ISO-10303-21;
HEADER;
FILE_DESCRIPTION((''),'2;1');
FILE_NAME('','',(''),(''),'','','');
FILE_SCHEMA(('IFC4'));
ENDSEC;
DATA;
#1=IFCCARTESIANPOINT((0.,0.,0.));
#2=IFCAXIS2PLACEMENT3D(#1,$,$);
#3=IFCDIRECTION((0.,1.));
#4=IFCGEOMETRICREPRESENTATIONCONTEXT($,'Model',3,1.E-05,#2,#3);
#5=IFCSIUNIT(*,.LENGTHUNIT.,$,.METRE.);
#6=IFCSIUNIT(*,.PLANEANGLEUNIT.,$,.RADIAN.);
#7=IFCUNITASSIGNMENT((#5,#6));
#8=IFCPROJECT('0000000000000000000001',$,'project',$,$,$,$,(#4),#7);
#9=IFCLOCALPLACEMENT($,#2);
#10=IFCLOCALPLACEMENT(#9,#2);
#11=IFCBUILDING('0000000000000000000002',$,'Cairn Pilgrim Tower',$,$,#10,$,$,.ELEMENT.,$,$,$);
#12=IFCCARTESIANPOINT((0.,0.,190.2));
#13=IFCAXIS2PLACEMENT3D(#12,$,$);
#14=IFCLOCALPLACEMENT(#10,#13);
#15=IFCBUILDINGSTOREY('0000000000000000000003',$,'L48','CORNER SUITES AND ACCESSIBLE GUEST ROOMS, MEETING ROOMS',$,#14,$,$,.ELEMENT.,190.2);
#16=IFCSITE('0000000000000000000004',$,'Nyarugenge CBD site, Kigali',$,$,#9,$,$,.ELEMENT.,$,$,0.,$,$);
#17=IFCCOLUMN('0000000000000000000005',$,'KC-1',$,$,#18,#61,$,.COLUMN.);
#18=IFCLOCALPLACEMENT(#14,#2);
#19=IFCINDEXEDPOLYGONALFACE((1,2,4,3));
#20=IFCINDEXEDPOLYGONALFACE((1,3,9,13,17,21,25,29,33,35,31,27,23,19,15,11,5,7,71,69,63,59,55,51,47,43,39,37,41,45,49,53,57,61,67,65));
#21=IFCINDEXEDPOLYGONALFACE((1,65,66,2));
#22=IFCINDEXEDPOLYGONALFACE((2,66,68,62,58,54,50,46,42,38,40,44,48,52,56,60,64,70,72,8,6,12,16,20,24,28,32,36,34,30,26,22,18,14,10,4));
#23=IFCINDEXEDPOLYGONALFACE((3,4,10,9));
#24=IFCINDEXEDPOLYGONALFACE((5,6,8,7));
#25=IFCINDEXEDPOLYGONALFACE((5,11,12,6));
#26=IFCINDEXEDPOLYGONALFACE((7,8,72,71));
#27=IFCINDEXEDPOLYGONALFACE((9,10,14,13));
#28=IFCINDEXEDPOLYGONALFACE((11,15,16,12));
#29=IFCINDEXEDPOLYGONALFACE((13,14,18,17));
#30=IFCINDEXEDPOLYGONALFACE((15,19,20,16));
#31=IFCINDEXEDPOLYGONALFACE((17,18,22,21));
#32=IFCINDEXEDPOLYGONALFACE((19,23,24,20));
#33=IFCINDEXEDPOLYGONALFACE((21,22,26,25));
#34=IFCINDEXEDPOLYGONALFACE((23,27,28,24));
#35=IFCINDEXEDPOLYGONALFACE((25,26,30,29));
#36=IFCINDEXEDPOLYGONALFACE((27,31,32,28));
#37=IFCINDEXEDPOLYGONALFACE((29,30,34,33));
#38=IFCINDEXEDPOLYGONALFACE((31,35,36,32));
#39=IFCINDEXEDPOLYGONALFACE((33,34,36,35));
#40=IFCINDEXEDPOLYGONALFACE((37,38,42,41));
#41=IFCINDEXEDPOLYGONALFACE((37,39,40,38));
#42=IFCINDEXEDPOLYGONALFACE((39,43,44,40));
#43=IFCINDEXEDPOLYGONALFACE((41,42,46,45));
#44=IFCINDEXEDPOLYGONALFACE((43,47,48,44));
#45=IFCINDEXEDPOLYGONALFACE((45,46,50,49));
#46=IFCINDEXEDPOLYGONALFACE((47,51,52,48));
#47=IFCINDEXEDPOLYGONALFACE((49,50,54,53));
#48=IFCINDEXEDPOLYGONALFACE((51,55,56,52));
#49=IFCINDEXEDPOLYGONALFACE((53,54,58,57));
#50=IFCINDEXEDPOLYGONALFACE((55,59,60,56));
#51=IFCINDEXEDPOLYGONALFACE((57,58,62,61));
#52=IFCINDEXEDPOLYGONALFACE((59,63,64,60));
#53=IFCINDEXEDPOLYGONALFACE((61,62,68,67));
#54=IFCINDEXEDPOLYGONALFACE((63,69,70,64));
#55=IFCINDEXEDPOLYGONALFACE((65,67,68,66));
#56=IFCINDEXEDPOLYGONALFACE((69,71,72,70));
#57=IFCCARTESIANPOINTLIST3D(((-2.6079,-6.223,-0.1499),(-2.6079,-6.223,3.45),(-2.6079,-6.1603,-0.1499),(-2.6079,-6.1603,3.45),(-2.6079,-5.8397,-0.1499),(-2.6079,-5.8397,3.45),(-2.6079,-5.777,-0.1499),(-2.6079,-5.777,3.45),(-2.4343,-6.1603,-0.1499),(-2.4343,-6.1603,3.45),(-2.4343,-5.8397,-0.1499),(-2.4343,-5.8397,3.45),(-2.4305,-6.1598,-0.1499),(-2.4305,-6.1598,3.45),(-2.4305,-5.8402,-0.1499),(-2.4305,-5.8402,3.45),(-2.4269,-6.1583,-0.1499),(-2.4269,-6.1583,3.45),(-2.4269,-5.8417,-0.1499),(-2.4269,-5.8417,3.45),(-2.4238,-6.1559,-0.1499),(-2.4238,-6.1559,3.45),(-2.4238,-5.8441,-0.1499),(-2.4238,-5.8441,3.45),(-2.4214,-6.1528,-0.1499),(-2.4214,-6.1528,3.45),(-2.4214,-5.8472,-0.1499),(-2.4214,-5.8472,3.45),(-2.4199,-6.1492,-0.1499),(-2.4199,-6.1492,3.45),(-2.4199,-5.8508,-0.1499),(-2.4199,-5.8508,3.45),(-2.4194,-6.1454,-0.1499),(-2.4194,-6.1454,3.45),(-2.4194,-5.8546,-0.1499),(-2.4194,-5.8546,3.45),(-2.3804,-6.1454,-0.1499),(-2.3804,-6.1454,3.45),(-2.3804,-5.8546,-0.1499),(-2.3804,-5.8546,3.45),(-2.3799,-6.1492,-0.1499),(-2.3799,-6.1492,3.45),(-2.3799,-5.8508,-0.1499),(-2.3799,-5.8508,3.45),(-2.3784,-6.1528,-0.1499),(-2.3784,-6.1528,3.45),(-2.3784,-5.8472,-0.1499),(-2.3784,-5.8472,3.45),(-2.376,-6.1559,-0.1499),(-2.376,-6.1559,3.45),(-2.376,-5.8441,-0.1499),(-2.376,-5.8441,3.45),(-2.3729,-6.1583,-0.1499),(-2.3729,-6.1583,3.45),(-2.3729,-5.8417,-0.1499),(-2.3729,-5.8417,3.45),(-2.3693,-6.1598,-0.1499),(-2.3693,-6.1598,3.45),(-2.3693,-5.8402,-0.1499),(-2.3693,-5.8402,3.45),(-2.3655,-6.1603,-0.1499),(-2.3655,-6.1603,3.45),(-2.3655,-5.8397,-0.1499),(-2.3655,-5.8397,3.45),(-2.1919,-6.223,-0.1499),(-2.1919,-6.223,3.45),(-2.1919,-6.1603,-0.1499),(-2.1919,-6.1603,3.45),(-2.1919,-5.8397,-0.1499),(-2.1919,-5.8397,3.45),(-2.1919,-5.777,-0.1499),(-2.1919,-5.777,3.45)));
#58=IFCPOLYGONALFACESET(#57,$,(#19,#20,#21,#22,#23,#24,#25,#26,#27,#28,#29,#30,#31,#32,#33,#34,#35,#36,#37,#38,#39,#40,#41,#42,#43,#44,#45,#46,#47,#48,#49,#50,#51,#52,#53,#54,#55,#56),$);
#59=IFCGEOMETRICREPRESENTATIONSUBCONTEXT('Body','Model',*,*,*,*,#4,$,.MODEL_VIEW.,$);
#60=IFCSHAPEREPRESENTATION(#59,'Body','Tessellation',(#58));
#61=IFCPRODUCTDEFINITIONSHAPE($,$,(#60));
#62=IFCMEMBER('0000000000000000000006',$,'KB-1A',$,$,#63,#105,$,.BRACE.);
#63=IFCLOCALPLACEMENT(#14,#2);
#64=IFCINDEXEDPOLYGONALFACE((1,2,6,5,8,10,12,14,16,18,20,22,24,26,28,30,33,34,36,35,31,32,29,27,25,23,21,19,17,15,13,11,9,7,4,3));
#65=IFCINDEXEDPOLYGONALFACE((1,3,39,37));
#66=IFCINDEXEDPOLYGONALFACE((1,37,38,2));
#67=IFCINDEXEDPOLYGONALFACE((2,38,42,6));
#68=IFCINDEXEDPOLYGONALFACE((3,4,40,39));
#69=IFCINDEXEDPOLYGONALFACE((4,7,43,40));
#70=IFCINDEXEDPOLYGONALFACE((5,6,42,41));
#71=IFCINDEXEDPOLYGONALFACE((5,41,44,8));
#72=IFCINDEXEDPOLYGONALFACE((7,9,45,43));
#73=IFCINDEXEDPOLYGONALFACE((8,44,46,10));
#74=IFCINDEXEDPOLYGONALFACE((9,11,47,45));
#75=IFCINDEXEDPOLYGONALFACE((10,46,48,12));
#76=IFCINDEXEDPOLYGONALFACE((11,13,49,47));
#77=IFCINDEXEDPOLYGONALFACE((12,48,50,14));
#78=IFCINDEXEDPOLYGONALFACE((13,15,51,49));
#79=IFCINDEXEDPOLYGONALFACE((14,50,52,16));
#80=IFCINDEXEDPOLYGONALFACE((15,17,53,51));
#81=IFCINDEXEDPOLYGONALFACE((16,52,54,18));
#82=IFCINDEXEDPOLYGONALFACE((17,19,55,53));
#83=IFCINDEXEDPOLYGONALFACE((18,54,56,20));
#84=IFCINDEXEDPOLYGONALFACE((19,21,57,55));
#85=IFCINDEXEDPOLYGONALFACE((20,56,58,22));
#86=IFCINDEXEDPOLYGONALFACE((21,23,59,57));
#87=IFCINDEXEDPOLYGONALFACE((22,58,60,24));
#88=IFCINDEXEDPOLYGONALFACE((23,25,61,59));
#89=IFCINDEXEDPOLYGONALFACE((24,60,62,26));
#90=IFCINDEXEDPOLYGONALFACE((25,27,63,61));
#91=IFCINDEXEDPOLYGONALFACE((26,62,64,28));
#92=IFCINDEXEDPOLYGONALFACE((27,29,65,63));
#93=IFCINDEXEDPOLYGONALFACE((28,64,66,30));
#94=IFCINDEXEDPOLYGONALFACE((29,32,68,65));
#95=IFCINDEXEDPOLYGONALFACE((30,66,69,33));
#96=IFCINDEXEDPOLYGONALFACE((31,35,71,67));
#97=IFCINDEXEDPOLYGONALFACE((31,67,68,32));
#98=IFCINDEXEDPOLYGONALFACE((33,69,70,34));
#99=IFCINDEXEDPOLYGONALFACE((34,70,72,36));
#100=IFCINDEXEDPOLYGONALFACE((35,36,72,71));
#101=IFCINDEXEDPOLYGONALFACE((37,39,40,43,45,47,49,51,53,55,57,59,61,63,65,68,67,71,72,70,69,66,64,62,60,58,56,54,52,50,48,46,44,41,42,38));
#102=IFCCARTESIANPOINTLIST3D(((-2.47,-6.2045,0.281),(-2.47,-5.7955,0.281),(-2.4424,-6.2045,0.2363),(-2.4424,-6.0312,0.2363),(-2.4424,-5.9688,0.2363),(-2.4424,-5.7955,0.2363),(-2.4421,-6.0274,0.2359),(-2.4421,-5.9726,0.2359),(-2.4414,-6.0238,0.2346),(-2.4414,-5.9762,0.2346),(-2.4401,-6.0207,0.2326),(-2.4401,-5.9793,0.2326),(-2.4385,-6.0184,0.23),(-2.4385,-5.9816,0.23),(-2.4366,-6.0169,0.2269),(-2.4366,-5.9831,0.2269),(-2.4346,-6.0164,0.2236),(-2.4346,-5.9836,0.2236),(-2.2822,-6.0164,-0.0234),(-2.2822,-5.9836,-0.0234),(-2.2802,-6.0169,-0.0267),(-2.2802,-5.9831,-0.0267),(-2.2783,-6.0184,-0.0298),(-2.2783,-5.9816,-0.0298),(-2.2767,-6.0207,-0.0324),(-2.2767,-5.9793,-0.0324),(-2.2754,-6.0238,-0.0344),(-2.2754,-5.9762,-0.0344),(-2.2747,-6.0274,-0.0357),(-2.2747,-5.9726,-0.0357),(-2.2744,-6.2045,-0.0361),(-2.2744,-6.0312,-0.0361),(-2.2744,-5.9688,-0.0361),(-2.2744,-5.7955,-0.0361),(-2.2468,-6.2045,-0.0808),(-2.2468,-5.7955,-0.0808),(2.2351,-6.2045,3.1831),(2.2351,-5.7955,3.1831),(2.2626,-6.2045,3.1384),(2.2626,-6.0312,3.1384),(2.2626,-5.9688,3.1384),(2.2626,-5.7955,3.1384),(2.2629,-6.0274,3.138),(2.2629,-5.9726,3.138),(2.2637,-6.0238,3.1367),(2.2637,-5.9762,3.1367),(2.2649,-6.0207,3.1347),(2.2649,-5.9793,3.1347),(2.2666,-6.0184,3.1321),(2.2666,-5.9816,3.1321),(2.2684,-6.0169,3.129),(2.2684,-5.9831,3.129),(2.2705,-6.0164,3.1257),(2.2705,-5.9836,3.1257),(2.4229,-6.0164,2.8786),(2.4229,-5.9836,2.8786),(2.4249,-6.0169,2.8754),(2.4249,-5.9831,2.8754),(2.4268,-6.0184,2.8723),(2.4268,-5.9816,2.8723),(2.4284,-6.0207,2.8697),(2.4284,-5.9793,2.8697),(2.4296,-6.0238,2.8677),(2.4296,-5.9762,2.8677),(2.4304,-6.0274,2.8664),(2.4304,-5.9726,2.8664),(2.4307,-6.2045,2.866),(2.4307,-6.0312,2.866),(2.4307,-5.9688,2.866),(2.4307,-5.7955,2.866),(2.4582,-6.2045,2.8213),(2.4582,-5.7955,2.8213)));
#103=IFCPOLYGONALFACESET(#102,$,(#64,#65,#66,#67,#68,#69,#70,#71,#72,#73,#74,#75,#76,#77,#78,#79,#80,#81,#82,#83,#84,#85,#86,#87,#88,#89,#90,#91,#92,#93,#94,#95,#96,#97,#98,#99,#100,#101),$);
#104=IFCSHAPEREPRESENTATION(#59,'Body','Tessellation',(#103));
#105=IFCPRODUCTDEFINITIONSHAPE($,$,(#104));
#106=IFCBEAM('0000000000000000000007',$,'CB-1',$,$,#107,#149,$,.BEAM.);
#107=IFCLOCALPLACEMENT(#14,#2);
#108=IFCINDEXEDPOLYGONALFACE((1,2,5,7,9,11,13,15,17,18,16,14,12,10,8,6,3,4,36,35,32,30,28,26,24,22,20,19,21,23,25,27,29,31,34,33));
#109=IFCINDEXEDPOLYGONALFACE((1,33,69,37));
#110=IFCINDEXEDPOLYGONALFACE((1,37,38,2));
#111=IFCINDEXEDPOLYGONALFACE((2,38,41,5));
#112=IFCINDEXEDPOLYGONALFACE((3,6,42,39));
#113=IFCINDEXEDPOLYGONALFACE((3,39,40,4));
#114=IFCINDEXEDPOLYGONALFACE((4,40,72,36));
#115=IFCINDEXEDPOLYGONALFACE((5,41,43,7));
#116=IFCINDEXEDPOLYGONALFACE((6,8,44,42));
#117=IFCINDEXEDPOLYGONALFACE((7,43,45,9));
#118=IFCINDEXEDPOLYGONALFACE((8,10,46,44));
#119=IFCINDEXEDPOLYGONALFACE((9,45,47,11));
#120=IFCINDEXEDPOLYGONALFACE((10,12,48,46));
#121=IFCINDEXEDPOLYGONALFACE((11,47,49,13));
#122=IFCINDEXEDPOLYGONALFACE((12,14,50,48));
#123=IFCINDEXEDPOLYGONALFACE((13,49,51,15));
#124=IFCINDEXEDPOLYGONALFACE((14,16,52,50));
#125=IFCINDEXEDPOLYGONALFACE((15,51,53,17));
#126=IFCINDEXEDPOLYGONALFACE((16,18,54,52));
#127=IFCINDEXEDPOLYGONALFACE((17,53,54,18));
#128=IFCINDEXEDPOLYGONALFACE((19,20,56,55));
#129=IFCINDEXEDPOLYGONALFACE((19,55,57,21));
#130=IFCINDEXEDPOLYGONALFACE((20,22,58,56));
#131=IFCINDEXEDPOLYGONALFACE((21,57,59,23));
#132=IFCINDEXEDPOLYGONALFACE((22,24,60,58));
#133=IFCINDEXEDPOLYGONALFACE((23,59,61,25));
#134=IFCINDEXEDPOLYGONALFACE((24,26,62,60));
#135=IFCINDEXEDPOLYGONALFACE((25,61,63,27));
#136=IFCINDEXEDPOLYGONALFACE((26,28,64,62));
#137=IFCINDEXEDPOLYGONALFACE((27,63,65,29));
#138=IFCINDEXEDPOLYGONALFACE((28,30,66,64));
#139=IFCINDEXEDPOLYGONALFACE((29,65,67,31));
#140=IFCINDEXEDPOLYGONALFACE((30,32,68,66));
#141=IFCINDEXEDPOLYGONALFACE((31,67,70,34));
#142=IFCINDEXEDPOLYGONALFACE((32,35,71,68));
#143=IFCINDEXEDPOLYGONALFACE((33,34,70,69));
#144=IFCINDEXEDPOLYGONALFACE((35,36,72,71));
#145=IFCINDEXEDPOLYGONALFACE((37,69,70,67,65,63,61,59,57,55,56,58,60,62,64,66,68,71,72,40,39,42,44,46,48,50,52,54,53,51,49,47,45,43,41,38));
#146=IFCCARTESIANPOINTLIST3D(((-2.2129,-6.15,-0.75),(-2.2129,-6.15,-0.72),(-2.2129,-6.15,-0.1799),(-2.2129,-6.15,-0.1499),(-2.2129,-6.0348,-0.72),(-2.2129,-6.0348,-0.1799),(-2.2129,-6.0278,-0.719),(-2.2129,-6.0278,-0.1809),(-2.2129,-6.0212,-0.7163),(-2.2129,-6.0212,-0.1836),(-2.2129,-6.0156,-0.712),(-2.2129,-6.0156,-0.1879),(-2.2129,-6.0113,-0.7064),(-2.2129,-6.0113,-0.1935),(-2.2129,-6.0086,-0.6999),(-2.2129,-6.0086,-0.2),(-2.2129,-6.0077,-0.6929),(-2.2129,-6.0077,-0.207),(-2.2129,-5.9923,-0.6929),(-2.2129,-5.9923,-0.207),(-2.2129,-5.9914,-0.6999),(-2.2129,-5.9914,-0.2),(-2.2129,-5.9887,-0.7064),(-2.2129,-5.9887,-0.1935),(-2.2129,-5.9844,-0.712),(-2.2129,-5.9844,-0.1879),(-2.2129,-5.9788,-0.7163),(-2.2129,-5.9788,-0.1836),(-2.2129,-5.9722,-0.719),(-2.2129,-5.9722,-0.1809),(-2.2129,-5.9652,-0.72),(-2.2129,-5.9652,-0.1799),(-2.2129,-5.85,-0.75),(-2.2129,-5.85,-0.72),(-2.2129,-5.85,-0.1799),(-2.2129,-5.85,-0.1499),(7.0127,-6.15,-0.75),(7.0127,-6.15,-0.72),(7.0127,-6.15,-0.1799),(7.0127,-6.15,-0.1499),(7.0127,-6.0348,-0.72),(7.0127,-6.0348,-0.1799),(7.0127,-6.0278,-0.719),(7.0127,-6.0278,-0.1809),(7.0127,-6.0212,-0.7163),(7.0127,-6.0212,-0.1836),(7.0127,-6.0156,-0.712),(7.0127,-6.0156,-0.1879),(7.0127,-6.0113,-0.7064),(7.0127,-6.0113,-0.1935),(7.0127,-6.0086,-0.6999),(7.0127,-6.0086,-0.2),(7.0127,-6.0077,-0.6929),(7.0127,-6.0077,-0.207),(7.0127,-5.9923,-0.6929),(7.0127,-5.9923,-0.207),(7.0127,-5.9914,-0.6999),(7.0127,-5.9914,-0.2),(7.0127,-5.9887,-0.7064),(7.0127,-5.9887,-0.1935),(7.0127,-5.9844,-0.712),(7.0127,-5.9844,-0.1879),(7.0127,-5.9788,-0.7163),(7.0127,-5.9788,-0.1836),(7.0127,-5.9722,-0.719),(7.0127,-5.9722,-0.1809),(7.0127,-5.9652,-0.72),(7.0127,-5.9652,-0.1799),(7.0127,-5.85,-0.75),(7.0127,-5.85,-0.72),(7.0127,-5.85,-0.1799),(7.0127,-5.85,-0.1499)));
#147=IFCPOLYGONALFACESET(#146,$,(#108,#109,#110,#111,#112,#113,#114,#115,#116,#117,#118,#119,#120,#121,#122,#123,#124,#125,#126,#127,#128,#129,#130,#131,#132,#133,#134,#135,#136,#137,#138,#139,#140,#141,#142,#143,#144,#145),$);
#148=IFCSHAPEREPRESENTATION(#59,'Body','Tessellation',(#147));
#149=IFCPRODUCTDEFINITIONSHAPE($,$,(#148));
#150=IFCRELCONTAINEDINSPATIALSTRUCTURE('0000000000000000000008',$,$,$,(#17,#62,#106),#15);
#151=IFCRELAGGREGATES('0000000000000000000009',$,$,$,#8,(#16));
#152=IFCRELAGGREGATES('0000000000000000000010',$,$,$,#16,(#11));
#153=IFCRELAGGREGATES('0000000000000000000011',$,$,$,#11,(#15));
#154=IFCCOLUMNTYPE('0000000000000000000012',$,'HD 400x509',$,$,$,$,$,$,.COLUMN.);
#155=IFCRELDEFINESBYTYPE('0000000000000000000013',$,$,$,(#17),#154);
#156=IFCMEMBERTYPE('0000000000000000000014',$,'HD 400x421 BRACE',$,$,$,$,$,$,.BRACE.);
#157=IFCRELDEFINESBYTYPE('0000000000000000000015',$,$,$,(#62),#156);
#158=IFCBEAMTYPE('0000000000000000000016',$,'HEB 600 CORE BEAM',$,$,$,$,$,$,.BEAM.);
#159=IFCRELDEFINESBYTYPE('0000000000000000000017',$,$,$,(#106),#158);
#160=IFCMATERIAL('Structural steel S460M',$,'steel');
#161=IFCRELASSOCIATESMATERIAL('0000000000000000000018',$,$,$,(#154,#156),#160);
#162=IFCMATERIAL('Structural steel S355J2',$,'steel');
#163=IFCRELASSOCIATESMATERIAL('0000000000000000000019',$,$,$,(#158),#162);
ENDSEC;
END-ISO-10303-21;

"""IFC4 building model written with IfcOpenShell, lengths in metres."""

from ifc_helpers import new_model, si_unit, direction, frame, origin, origin_2d, place, context, subcontext, project, spatial, i_section, extrude, material, material_profile, profile_set, type_object, element, save


model = new_model("IFC4")

# Units and contexts
model_context = context("Model", 3, precision=1e-05, world=origin(), true_north=direction((0.0, 1.0)))
body_context = subcontext(model_context, "Body", "Model", "MODEL_VIEW")
ifc_project = project(units=[si_unit("LENGTHUNIT", "METRE"), si_unit("PLANEANGLEUNIT", "RADIAN")], contexts=[model_context])

# Site, building, storey
site_placement = place(None, origin())
site = spatial("IfcSite", under=ifc_project, at=site_placement, Name="Nyarugenge CBD site, Kigali", CompositionType="ELEMENT", RefElevation=0.0)
building_placement = place(site_placement, origin())
building = spatial("IfcBuilding", under=site, at=building_placement, Name="Cairn Pilgrim Tower", CompositionType="ELEMENT")
storey_placement = place(building_placement, frame((0.0, 0.0, 190.2)))
storey = spatial("IfcBuildingStorey", under=building, at=storey_placement, Name="L48", Description="CORNER SUITES AND ACCESSIBLE GUEST ROOMS, MEETING ROOMS", CompositionType="ELEMENT", Elevation=190.2)

# Column
ifc_material_1 = material(Name="Structural steel S460M", Category="steel")
ifc_material_profile_1 = material_profile(ifc_material_1, i_section(OverallWidth=0.416, OverallDepth=0.446, WebThickness=0.0391, FlangeThickness=0.0627, FilletRadius=0.0149, at=origin_2d()), Name="HD 400x509")
ifc_profile_set_1 = profile_set([ifc_material_profile_1], Name="Structural steel S460M")
column_type = type_object("IfcColumnType", Name="HD 400x509", PredefinedType="COLUMN", material=ifc_profile_set_1)
column_placement = place(storey_placement, frame((-2.3999, -6.0, -0.1499), z_axis=(0.0, 0.0, 1.0), x_axis=(1.0, 0.0, 0.0)))
element("IfcColumn", 1, at=column_placement, inside=storey, type_object=column_type, Name="KC-1", PredefinedType="COLUMN", context=body_context, shape_type="SweptSolid", body=[
    extrude(i_section(OverallWidth=0.416, OverallDepth=0.446, WebThickness=0.0391, FlangeThickness=0.0627, FilletRadius=0.0149, at=origin_2d()), origin(), (0.0, 0.0, 1.0), 3.5999),
])

# Member
ifc_material_profile_2 = material_profile(ifc_material_1, i_section(OverallWidth=0.4089, OverallDepth=0.425, WebThickness=0.0327, FlangeThickness=0.0525, FilletRadius=0.0149, at=origin_2d()), Name="HD 400x421")
ifc_profile_set_2 = profile_set([ifc_material_profile_2], Name="Structural steel S460M")
member_type = type_object("IfcMemberType", Name="HD 400x421 BRACE", PredefinedType="BRACE", material=ifc_profile_set_2)
member_placement = place(storey_placement, frame((-2.3584, -6.0, 0.1001), z_axis=(0.85112, 0.0, 0.524972), x_axis=(0.0, 1.0, 0.0)))
element("IfcMember", 2, at=member_placement, inside=storey, type_object=member_type, Name="KB-1A", PredefinedType="BRACE", context=body_context, shape_type="SweptSolid", body=[
    extrude(i_section(OverallWidth=0.4089, OverallDepth=0.425, WebThickness=0.0327, FlangeThickness=0.0525, FilletRadius=0.0149, at=origin_2d()), origin(), (0.0, 0.0, 1.0), 5.5281),
])

# Beam
ifc_material_2 = material(Name="Structural steel S355J2", Category="steel")
ifc_material_profile_3 = material_profile(ifc_material_2, i_section(OverallWidth=0.3, OverallDepth=0.6001, WebThickness=0.0154, FlangeThickness=0.03, FilletRadius=0.0271, at=origin_2d()), Name="HEB 600")
ifc_profile_set_3 = profile_set([ifc_material_profile_3], Name="Structural steel S355J2")
beam_type_1 = type_object("IfcBeamType", Name="HEB 600 CORE BEAM", PredefinedType="BEAM", material=ifc_profile_set_3)
beam_1_placement = place(storey_placement, frame((-2.2129, -6.0, -0.45), z_axis=(1.0, 0.0, 0.0), x_axis=(0.0, 1.0, 0.0)))
element("IfcBeam", 3, at=beam_1_placement, inside=storey, type_object=beam_type_1, Name="CB-1", PredefinedType="BEAM", context=body_context, shape_type="SweptSolid", body=[
    extrude(i_section(OverallWidth=0.3, OverallDepth=0.6001, WebThickness=0.0154, FlangeThickness=0.03, FilletRadius=0.0271, at=origin_2d()), origin(), (0.0, 0.0, 1.0), 9.2256),
])

save(model, "model.ifc")
